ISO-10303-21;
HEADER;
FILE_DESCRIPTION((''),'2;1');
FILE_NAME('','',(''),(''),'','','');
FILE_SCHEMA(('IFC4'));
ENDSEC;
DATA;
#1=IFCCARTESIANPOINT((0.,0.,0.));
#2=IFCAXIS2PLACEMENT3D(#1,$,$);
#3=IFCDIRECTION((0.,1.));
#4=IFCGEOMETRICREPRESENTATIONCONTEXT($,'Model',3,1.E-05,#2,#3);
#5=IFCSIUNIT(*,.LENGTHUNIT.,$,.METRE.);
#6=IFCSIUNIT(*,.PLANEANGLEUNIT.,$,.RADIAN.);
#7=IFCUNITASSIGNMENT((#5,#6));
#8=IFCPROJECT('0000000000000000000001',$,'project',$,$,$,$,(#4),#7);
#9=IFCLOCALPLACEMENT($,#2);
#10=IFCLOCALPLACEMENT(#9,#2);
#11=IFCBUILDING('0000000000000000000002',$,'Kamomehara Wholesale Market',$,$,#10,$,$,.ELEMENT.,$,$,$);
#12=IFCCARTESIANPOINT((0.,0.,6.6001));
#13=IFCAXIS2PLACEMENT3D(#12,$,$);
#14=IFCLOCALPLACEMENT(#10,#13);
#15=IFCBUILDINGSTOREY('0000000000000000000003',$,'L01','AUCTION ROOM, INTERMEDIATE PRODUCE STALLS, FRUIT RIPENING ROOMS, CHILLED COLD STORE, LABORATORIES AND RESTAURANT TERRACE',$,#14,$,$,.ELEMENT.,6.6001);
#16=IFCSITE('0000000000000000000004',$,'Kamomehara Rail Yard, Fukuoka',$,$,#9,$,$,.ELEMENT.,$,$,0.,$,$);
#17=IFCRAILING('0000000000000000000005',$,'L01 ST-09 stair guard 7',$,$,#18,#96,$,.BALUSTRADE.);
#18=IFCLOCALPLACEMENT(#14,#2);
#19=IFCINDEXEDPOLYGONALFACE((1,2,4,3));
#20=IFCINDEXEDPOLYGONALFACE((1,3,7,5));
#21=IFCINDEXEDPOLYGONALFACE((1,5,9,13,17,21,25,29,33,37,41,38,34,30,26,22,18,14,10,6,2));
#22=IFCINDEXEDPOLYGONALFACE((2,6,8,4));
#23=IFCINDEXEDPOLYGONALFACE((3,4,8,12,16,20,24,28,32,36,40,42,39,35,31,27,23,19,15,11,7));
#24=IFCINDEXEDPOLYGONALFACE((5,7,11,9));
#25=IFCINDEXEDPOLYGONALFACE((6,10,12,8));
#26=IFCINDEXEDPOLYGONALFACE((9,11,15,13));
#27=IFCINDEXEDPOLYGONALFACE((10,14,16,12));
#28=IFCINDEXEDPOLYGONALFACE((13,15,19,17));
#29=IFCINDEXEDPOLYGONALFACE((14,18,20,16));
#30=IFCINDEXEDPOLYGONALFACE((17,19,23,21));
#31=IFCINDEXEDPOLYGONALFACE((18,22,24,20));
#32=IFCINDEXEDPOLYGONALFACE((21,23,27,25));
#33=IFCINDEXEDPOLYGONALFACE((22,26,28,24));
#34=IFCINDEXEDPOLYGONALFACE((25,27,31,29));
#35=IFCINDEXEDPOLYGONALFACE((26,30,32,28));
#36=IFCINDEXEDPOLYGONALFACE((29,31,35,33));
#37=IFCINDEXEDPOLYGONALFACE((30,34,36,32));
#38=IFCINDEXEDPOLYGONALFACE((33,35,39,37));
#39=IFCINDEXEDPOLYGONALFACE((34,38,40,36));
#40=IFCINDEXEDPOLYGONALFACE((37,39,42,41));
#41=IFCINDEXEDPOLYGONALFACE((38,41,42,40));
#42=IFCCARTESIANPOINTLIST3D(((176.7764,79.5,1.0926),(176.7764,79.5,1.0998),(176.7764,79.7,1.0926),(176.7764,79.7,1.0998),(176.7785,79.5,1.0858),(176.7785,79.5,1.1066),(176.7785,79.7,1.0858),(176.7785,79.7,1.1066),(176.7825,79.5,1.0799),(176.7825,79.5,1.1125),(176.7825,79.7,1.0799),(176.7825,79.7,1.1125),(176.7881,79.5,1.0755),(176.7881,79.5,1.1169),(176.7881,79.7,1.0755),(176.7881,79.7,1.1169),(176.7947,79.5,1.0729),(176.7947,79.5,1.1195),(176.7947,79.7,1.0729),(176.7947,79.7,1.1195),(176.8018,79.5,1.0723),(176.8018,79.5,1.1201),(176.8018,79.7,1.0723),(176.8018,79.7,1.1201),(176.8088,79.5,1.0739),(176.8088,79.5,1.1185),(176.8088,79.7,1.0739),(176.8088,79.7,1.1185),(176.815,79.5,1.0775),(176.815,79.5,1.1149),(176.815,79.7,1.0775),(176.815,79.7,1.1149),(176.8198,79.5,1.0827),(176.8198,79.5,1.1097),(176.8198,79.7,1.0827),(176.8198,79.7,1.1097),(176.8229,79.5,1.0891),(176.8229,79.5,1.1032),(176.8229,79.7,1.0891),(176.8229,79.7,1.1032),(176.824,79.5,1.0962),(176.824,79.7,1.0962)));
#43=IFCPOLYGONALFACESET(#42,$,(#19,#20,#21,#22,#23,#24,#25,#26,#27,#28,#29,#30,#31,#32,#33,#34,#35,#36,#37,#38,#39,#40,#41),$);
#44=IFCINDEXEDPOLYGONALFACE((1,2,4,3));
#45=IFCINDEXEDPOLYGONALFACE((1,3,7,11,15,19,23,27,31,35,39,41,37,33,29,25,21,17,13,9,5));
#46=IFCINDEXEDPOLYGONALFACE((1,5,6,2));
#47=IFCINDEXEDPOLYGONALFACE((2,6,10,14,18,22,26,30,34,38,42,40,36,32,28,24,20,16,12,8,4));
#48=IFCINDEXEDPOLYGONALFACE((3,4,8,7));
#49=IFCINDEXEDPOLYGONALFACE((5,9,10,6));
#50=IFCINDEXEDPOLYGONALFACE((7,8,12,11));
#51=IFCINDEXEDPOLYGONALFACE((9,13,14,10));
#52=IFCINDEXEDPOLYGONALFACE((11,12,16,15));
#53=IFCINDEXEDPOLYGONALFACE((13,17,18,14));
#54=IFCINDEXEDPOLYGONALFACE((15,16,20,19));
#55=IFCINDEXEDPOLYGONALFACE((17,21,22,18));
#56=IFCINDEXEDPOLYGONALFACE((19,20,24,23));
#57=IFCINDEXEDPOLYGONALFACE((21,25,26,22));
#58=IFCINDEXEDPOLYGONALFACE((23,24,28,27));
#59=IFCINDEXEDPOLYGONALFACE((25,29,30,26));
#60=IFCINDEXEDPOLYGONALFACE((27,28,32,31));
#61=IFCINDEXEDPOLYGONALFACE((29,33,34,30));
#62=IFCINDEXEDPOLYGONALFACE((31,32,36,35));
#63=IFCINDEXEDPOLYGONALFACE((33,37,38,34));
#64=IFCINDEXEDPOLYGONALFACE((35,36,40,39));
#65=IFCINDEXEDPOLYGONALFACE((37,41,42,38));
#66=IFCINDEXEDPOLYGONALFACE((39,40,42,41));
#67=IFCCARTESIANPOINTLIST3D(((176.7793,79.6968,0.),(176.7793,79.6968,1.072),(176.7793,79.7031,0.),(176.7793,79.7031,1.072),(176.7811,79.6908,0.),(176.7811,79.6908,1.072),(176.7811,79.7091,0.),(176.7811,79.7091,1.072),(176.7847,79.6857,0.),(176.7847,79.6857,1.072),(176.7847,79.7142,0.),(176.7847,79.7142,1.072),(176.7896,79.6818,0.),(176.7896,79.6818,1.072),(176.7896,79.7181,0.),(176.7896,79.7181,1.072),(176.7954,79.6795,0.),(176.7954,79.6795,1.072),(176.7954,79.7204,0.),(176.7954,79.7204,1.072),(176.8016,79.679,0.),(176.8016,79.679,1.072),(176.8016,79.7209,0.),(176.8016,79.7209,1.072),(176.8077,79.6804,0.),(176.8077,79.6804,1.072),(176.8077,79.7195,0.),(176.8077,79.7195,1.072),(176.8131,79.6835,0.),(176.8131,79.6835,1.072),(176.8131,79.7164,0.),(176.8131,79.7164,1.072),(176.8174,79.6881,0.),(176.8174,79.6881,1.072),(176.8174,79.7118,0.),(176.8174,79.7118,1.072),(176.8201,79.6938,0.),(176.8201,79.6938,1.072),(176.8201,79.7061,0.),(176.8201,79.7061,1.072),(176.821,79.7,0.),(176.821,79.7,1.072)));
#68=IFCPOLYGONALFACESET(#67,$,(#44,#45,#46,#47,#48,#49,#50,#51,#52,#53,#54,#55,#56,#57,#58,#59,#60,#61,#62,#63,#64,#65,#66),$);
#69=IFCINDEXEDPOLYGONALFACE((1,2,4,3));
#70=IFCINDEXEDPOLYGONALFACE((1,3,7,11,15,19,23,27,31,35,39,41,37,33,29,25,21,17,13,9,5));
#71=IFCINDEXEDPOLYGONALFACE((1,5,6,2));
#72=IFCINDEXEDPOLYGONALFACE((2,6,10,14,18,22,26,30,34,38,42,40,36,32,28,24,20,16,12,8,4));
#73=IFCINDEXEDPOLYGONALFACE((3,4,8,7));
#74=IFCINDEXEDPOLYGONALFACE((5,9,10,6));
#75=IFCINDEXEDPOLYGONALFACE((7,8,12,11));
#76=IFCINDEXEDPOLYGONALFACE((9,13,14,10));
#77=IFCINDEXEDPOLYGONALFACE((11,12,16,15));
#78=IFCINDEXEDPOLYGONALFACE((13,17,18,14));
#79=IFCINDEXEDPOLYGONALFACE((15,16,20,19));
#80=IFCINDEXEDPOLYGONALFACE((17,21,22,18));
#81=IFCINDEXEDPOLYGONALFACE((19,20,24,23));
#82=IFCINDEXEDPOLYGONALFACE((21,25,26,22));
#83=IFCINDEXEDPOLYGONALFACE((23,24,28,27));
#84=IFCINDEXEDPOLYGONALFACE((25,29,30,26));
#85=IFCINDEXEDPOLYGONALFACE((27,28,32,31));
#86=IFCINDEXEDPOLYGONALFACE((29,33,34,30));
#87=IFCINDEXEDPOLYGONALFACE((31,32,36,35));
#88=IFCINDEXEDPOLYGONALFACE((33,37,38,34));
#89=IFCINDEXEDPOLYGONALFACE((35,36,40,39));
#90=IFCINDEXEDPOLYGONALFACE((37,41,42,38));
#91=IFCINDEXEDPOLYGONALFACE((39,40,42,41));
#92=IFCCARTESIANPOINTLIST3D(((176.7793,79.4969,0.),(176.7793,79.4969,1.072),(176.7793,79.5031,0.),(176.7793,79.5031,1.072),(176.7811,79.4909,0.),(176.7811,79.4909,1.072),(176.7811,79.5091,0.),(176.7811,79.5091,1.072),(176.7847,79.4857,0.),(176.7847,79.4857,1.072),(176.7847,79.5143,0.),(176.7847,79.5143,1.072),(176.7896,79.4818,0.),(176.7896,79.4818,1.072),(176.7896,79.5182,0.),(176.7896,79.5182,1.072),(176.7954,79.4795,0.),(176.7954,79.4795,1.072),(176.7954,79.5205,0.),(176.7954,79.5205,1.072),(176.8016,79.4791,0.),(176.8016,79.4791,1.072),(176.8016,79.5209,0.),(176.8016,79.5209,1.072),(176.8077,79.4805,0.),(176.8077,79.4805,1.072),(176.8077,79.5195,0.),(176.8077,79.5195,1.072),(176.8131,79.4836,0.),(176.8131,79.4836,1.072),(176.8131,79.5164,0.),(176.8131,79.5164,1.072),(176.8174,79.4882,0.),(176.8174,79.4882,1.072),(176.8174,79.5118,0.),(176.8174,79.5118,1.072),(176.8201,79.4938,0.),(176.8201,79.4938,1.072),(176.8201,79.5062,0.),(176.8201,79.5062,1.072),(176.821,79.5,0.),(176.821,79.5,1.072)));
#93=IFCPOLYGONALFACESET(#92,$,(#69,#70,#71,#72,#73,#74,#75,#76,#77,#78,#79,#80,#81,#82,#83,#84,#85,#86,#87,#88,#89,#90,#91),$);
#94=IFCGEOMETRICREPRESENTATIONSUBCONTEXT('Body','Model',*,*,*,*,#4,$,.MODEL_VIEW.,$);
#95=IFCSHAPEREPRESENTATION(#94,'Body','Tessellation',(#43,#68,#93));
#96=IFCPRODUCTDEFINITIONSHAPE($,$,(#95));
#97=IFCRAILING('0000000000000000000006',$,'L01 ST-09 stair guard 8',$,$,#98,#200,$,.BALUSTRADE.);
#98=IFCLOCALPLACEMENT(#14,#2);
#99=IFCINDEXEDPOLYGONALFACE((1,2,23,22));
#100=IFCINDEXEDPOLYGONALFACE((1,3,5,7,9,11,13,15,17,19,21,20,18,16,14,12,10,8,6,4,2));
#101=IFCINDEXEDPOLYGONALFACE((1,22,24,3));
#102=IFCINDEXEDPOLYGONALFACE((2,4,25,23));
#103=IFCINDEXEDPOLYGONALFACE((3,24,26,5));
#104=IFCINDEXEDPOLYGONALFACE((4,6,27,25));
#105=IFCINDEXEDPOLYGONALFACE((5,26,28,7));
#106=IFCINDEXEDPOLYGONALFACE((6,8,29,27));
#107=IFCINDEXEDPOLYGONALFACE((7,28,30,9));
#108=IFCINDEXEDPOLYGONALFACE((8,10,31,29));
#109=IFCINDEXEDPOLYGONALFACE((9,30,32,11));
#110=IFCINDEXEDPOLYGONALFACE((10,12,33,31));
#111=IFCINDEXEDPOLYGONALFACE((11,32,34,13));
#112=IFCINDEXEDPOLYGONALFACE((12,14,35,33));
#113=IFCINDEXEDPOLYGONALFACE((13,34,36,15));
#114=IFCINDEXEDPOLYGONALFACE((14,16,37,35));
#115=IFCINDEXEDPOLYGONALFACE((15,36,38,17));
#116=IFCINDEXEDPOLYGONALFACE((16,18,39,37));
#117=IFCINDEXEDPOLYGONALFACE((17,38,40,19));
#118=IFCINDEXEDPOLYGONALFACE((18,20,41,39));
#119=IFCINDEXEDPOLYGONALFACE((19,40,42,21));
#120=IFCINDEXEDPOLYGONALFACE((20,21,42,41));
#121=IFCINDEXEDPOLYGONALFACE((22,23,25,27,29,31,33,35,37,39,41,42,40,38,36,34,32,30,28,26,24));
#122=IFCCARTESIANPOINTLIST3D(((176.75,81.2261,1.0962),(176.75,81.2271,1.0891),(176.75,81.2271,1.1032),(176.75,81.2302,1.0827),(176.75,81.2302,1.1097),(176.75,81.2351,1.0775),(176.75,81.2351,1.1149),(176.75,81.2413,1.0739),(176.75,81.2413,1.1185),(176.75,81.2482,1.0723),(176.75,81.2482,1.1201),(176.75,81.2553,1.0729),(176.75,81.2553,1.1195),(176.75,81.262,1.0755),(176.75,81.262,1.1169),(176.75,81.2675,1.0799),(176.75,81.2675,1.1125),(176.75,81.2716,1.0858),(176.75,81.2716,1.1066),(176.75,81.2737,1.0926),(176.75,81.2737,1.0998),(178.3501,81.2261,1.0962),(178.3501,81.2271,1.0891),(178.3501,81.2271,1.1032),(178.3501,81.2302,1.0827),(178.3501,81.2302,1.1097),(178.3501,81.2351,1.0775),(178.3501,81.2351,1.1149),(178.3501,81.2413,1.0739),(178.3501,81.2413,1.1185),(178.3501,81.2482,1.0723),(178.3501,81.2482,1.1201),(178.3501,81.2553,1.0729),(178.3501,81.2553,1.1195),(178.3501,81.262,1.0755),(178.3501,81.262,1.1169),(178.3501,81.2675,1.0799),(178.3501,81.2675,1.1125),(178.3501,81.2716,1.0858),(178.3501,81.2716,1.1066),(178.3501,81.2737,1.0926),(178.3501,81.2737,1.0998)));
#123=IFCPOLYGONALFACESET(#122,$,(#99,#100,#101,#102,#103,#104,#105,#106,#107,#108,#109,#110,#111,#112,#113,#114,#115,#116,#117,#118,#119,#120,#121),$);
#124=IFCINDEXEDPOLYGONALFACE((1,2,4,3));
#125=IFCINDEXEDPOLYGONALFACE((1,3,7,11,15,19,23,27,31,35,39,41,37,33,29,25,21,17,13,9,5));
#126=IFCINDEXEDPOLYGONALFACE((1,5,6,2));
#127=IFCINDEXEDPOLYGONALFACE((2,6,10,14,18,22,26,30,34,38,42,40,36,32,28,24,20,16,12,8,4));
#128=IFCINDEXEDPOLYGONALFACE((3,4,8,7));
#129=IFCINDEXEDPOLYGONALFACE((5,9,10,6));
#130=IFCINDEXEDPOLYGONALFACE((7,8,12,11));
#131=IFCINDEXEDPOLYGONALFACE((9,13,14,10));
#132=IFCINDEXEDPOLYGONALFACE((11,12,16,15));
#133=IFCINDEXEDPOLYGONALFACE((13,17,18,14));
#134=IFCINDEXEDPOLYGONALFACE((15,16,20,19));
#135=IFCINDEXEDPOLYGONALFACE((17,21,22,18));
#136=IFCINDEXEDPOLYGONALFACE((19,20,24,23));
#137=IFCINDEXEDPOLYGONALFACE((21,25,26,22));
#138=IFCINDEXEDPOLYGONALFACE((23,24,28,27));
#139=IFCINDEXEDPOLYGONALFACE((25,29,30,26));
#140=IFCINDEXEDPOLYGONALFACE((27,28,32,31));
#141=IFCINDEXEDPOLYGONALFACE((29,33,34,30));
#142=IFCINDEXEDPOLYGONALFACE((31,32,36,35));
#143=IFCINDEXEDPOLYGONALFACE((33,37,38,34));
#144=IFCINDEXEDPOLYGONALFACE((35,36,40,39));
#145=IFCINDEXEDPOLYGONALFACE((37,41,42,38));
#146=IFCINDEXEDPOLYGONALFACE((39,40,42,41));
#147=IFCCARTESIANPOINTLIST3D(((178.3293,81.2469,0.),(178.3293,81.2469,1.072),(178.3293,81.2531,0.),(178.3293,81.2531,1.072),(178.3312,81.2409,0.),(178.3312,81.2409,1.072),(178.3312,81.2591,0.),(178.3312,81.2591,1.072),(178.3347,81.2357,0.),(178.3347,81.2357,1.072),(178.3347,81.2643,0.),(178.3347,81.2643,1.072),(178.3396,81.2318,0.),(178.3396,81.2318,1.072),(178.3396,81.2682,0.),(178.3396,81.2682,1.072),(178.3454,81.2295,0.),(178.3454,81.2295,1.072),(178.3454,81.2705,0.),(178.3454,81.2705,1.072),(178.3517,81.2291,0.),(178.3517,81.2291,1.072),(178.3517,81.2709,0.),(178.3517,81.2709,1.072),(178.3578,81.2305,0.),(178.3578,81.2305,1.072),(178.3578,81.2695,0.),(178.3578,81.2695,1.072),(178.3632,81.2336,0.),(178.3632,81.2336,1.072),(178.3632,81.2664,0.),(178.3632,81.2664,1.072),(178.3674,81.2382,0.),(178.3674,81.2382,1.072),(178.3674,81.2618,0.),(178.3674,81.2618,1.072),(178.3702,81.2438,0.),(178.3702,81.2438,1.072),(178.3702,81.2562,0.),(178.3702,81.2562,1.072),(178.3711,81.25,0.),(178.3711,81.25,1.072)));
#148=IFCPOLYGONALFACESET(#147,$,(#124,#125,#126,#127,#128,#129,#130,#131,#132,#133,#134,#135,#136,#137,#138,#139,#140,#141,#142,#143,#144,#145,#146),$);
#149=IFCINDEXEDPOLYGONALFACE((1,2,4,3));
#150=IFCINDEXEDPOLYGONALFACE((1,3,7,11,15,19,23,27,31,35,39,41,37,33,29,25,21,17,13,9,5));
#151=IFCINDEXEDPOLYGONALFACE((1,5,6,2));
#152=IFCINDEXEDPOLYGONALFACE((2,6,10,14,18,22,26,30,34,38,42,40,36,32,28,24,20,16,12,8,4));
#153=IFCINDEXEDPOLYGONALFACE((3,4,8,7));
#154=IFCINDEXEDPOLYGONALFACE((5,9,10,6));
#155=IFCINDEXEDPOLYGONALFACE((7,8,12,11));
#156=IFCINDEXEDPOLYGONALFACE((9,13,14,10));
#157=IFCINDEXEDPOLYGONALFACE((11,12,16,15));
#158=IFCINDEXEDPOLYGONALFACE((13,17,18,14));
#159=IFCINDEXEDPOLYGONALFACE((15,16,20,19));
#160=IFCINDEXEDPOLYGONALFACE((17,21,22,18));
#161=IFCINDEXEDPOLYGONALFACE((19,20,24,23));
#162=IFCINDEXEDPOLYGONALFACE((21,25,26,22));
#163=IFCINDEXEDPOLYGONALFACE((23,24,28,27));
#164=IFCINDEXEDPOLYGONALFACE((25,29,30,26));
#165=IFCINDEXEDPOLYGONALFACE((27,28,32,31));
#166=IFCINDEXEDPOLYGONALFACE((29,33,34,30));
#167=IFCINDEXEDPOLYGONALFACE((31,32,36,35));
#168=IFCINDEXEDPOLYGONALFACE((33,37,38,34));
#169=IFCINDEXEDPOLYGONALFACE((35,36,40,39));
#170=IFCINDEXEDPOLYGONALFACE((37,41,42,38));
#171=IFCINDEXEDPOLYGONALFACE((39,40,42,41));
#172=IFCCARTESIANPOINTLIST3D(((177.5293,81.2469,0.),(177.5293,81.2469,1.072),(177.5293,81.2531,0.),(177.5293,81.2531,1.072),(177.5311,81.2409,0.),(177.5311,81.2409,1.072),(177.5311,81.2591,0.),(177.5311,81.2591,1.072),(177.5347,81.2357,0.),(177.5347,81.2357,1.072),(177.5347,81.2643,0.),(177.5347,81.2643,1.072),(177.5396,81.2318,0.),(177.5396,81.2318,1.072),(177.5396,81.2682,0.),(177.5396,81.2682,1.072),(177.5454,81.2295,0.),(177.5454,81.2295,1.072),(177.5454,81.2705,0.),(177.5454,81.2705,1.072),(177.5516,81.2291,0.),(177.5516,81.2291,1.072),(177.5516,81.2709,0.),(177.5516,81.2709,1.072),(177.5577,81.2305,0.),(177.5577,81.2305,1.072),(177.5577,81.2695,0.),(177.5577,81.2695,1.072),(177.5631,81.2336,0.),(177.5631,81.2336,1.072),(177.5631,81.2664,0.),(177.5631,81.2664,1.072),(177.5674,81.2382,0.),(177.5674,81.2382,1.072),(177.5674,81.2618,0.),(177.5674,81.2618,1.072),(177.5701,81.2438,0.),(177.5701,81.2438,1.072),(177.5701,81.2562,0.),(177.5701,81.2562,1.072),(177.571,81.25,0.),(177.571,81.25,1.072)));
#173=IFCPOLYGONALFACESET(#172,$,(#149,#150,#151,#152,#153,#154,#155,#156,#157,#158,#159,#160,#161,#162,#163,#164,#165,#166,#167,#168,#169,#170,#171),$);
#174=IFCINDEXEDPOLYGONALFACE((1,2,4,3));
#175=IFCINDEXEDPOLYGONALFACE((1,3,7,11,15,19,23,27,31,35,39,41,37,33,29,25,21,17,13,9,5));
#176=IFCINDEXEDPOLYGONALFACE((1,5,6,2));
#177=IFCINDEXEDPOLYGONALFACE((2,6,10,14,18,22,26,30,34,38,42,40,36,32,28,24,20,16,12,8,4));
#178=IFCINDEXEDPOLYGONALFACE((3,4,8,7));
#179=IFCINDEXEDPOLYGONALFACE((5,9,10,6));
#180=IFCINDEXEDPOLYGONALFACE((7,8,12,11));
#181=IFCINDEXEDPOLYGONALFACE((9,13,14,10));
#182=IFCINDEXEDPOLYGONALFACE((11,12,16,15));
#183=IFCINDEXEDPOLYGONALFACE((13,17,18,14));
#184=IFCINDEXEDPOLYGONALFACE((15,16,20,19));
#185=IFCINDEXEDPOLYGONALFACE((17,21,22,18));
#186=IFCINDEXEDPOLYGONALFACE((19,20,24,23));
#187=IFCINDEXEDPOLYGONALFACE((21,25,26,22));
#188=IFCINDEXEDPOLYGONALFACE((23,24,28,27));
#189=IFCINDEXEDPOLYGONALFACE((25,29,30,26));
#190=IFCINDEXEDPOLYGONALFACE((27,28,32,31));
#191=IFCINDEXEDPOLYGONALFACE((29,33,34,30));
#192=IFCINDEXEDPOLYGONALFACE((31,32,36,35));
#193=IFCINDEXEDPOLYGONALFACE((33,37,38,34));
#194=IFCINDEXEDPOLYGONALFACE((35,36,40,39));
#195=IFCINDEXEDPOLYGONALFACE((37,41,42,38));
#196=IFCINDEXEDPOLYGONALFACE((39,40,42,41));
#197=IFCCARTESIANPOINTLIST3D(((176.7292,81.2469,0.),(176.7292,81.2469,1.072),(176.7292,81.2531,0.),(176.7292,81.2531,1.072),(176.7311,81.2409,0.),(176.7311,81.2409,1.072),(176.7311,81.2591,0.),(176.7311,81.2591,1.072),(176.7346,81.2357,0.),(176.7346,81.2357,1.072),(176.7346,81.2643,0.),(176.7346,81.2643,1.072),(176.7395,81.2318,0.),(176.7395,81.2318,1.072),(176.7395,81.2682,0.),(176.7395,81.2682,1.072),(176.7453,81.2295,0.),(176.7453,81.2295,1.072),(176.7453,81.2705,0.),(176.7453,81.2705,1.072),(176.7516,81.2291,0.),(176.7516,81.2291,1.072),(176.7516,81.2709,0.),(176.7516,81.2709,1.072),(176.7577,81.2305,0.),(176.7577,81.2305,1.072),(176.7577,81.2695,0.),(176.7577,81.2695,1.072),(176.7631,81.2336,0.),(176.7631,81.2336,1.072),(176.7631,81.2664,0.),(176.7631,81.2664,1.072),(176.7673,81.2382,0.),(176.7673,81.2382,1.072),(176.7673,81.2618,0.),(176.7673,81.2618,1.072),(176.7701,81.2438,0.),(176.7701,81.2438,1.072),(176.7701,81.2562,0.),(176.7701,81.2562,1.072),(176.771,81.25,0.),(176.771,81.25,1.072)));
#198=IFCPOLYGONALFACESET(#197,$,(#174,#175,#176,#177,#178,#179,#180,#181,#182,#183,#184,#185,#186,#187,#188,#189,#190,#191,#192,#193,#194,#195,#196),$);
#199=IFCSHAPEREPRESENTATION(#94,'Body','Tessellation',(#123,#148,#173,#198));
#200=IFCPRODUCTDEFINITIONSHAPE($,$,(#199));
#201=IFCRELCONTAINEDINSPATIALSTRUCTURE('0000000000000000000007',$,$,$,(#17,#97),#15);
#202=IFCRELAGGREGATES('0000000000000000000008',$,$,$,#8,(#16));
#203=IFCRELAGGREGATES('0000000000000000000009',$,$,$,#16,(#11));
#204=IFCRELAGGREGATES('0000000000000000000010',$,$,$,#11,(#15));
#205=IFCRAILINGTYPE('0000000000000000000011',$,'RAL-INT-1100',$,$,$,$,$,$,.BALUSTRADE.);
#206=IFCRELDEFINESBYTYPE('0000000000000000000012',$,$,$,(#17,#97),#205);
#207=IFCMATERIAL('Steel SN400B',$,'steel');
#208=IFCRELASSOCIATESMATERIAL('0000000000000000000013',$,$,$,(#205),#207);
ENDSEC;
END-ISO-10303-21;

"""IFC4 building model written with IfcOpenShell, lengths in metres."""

from ifc_helpers import new_model, si_unit, direction, frame, origin, origin_2d, place, context, subcontext, project, spatial, circle, extrude, material, type_object, element, save


model = new_model("IFC4")

# Units and contexts
model_context = context("Model", 3, precision=1e-05, world=origin(), true_north=direction((0.0, 1.0)))
body_context = subcontext(model_context, "Body", "Model", "MODEL_VIEW")
ifc_project = project(units=[si_unit("LENGTHUNIT", "METRE"), si_unit("PLANEANGLEUNIT", "RADIAN")], contexts=[model_context])

# Site, building, storey
site_placement = place(None, origin())
site = spatial("IfcSite", under=ifc_project, at=site_placement, Name="Kamomehara Rail Yard, Fukuoka", CompositionType="ELEMENT", RefElevation=0.0)
building_placement = place(site_placement, origin())
building = spatial("IfcBuilding", under=site, at=building_placement, Name="Kamomehara Wholesale Market", CompositionType="ELEMENT")
storey_placement = place(building_placement, frame((0.0, 0.0, 6.6001)))
storey = spatial("IfcBuildingStorey", under=building, at=storey_placement, Name="L01", Description="AUCTION ROOM, INTERMEDIATE PRODUCE STALLS, FRUIT RIPENING ROOMS, CHILLED COLD STORE, LABORATORIES AND RESTAURANT TERRACE", CompositionType="ELEMENT", Elevation=6.6001)

# Railings
ifc_material_1 = material(Name="Steel SN400B", Category="steel")
railing_type_1 = type_object("IfcRailingType", Name="RAL-INT-1100", PredefinedType="BALUSTRADE", material=ifc_material_1)
railing_1_placement = place(storey_placement, frame((176.8, 79.7, 0.0)))
element("IfcRailing", 1, at=railing_1_placement, inside=storey, type_object=railing_type_1, Name="L01 ST-09 stair guard 7", PredefinedType="BALUSTRADE", context=body_context, shape_type="SweptSolid", body=[
    extrude(circle(Radius=0.0239, at=origin_2d()), frame((0.0, 0.0, 1.0962), z_axis=(0.0, -1.0, 0.0), x_axis=(1.0, 0.0, 0.0)), (0.0, 0.0, 1.0), 0.2),
    extrude(circle(Radius=0.021, at=origin_2d()), origin(), (0.0, 0.0, 1.0), 1.072),
    extrude(circle(Radius=0.021, at=origin_2d()), frame((0.0, -0.2, 0.0)), (0.0, 0.0, 1.0), 1.072),
])
for number, where, name in (
    (2, (178.3501, 81.25, 0.0), "L01 ST-09 stair guard 8"),
):
    element("IfcRailing", number, at=place(storey_placement, frame(where)), inside=storey, type_object=railing_type_1, Name=name, PredefinedType="BALUSTRADE", context=body_context, shape_type="SweptSolid", body=[
        extrude(circle(Radius=0.0239, at=origin_2d()), frame((0.0, 0.0, 1.0962), z_axis=(-1.0, 0.0, 0.0), x_axis=(0.0, -1.0, 0.0)), (0.0, 0.0, 1.0), 1.6001),
        extrude(circle(Radius=0.021, at=origin_2d()), origin(), (0.0, 0.0, 1.0), 1.072),
        extrude(circle(Radius=0.021, at=origin_2d()), frame((-0.8, 0.0, 0.0)), (0.0, 0.0, 1.0), 1.072),
        extrude(circle(Radius=0.021, at=origin_2d()), frame((-1.6001, 0.0, 0.0)), (0.0, 0.0, 1.0), 1.072),
    ])

save(model, "model.ifc")
